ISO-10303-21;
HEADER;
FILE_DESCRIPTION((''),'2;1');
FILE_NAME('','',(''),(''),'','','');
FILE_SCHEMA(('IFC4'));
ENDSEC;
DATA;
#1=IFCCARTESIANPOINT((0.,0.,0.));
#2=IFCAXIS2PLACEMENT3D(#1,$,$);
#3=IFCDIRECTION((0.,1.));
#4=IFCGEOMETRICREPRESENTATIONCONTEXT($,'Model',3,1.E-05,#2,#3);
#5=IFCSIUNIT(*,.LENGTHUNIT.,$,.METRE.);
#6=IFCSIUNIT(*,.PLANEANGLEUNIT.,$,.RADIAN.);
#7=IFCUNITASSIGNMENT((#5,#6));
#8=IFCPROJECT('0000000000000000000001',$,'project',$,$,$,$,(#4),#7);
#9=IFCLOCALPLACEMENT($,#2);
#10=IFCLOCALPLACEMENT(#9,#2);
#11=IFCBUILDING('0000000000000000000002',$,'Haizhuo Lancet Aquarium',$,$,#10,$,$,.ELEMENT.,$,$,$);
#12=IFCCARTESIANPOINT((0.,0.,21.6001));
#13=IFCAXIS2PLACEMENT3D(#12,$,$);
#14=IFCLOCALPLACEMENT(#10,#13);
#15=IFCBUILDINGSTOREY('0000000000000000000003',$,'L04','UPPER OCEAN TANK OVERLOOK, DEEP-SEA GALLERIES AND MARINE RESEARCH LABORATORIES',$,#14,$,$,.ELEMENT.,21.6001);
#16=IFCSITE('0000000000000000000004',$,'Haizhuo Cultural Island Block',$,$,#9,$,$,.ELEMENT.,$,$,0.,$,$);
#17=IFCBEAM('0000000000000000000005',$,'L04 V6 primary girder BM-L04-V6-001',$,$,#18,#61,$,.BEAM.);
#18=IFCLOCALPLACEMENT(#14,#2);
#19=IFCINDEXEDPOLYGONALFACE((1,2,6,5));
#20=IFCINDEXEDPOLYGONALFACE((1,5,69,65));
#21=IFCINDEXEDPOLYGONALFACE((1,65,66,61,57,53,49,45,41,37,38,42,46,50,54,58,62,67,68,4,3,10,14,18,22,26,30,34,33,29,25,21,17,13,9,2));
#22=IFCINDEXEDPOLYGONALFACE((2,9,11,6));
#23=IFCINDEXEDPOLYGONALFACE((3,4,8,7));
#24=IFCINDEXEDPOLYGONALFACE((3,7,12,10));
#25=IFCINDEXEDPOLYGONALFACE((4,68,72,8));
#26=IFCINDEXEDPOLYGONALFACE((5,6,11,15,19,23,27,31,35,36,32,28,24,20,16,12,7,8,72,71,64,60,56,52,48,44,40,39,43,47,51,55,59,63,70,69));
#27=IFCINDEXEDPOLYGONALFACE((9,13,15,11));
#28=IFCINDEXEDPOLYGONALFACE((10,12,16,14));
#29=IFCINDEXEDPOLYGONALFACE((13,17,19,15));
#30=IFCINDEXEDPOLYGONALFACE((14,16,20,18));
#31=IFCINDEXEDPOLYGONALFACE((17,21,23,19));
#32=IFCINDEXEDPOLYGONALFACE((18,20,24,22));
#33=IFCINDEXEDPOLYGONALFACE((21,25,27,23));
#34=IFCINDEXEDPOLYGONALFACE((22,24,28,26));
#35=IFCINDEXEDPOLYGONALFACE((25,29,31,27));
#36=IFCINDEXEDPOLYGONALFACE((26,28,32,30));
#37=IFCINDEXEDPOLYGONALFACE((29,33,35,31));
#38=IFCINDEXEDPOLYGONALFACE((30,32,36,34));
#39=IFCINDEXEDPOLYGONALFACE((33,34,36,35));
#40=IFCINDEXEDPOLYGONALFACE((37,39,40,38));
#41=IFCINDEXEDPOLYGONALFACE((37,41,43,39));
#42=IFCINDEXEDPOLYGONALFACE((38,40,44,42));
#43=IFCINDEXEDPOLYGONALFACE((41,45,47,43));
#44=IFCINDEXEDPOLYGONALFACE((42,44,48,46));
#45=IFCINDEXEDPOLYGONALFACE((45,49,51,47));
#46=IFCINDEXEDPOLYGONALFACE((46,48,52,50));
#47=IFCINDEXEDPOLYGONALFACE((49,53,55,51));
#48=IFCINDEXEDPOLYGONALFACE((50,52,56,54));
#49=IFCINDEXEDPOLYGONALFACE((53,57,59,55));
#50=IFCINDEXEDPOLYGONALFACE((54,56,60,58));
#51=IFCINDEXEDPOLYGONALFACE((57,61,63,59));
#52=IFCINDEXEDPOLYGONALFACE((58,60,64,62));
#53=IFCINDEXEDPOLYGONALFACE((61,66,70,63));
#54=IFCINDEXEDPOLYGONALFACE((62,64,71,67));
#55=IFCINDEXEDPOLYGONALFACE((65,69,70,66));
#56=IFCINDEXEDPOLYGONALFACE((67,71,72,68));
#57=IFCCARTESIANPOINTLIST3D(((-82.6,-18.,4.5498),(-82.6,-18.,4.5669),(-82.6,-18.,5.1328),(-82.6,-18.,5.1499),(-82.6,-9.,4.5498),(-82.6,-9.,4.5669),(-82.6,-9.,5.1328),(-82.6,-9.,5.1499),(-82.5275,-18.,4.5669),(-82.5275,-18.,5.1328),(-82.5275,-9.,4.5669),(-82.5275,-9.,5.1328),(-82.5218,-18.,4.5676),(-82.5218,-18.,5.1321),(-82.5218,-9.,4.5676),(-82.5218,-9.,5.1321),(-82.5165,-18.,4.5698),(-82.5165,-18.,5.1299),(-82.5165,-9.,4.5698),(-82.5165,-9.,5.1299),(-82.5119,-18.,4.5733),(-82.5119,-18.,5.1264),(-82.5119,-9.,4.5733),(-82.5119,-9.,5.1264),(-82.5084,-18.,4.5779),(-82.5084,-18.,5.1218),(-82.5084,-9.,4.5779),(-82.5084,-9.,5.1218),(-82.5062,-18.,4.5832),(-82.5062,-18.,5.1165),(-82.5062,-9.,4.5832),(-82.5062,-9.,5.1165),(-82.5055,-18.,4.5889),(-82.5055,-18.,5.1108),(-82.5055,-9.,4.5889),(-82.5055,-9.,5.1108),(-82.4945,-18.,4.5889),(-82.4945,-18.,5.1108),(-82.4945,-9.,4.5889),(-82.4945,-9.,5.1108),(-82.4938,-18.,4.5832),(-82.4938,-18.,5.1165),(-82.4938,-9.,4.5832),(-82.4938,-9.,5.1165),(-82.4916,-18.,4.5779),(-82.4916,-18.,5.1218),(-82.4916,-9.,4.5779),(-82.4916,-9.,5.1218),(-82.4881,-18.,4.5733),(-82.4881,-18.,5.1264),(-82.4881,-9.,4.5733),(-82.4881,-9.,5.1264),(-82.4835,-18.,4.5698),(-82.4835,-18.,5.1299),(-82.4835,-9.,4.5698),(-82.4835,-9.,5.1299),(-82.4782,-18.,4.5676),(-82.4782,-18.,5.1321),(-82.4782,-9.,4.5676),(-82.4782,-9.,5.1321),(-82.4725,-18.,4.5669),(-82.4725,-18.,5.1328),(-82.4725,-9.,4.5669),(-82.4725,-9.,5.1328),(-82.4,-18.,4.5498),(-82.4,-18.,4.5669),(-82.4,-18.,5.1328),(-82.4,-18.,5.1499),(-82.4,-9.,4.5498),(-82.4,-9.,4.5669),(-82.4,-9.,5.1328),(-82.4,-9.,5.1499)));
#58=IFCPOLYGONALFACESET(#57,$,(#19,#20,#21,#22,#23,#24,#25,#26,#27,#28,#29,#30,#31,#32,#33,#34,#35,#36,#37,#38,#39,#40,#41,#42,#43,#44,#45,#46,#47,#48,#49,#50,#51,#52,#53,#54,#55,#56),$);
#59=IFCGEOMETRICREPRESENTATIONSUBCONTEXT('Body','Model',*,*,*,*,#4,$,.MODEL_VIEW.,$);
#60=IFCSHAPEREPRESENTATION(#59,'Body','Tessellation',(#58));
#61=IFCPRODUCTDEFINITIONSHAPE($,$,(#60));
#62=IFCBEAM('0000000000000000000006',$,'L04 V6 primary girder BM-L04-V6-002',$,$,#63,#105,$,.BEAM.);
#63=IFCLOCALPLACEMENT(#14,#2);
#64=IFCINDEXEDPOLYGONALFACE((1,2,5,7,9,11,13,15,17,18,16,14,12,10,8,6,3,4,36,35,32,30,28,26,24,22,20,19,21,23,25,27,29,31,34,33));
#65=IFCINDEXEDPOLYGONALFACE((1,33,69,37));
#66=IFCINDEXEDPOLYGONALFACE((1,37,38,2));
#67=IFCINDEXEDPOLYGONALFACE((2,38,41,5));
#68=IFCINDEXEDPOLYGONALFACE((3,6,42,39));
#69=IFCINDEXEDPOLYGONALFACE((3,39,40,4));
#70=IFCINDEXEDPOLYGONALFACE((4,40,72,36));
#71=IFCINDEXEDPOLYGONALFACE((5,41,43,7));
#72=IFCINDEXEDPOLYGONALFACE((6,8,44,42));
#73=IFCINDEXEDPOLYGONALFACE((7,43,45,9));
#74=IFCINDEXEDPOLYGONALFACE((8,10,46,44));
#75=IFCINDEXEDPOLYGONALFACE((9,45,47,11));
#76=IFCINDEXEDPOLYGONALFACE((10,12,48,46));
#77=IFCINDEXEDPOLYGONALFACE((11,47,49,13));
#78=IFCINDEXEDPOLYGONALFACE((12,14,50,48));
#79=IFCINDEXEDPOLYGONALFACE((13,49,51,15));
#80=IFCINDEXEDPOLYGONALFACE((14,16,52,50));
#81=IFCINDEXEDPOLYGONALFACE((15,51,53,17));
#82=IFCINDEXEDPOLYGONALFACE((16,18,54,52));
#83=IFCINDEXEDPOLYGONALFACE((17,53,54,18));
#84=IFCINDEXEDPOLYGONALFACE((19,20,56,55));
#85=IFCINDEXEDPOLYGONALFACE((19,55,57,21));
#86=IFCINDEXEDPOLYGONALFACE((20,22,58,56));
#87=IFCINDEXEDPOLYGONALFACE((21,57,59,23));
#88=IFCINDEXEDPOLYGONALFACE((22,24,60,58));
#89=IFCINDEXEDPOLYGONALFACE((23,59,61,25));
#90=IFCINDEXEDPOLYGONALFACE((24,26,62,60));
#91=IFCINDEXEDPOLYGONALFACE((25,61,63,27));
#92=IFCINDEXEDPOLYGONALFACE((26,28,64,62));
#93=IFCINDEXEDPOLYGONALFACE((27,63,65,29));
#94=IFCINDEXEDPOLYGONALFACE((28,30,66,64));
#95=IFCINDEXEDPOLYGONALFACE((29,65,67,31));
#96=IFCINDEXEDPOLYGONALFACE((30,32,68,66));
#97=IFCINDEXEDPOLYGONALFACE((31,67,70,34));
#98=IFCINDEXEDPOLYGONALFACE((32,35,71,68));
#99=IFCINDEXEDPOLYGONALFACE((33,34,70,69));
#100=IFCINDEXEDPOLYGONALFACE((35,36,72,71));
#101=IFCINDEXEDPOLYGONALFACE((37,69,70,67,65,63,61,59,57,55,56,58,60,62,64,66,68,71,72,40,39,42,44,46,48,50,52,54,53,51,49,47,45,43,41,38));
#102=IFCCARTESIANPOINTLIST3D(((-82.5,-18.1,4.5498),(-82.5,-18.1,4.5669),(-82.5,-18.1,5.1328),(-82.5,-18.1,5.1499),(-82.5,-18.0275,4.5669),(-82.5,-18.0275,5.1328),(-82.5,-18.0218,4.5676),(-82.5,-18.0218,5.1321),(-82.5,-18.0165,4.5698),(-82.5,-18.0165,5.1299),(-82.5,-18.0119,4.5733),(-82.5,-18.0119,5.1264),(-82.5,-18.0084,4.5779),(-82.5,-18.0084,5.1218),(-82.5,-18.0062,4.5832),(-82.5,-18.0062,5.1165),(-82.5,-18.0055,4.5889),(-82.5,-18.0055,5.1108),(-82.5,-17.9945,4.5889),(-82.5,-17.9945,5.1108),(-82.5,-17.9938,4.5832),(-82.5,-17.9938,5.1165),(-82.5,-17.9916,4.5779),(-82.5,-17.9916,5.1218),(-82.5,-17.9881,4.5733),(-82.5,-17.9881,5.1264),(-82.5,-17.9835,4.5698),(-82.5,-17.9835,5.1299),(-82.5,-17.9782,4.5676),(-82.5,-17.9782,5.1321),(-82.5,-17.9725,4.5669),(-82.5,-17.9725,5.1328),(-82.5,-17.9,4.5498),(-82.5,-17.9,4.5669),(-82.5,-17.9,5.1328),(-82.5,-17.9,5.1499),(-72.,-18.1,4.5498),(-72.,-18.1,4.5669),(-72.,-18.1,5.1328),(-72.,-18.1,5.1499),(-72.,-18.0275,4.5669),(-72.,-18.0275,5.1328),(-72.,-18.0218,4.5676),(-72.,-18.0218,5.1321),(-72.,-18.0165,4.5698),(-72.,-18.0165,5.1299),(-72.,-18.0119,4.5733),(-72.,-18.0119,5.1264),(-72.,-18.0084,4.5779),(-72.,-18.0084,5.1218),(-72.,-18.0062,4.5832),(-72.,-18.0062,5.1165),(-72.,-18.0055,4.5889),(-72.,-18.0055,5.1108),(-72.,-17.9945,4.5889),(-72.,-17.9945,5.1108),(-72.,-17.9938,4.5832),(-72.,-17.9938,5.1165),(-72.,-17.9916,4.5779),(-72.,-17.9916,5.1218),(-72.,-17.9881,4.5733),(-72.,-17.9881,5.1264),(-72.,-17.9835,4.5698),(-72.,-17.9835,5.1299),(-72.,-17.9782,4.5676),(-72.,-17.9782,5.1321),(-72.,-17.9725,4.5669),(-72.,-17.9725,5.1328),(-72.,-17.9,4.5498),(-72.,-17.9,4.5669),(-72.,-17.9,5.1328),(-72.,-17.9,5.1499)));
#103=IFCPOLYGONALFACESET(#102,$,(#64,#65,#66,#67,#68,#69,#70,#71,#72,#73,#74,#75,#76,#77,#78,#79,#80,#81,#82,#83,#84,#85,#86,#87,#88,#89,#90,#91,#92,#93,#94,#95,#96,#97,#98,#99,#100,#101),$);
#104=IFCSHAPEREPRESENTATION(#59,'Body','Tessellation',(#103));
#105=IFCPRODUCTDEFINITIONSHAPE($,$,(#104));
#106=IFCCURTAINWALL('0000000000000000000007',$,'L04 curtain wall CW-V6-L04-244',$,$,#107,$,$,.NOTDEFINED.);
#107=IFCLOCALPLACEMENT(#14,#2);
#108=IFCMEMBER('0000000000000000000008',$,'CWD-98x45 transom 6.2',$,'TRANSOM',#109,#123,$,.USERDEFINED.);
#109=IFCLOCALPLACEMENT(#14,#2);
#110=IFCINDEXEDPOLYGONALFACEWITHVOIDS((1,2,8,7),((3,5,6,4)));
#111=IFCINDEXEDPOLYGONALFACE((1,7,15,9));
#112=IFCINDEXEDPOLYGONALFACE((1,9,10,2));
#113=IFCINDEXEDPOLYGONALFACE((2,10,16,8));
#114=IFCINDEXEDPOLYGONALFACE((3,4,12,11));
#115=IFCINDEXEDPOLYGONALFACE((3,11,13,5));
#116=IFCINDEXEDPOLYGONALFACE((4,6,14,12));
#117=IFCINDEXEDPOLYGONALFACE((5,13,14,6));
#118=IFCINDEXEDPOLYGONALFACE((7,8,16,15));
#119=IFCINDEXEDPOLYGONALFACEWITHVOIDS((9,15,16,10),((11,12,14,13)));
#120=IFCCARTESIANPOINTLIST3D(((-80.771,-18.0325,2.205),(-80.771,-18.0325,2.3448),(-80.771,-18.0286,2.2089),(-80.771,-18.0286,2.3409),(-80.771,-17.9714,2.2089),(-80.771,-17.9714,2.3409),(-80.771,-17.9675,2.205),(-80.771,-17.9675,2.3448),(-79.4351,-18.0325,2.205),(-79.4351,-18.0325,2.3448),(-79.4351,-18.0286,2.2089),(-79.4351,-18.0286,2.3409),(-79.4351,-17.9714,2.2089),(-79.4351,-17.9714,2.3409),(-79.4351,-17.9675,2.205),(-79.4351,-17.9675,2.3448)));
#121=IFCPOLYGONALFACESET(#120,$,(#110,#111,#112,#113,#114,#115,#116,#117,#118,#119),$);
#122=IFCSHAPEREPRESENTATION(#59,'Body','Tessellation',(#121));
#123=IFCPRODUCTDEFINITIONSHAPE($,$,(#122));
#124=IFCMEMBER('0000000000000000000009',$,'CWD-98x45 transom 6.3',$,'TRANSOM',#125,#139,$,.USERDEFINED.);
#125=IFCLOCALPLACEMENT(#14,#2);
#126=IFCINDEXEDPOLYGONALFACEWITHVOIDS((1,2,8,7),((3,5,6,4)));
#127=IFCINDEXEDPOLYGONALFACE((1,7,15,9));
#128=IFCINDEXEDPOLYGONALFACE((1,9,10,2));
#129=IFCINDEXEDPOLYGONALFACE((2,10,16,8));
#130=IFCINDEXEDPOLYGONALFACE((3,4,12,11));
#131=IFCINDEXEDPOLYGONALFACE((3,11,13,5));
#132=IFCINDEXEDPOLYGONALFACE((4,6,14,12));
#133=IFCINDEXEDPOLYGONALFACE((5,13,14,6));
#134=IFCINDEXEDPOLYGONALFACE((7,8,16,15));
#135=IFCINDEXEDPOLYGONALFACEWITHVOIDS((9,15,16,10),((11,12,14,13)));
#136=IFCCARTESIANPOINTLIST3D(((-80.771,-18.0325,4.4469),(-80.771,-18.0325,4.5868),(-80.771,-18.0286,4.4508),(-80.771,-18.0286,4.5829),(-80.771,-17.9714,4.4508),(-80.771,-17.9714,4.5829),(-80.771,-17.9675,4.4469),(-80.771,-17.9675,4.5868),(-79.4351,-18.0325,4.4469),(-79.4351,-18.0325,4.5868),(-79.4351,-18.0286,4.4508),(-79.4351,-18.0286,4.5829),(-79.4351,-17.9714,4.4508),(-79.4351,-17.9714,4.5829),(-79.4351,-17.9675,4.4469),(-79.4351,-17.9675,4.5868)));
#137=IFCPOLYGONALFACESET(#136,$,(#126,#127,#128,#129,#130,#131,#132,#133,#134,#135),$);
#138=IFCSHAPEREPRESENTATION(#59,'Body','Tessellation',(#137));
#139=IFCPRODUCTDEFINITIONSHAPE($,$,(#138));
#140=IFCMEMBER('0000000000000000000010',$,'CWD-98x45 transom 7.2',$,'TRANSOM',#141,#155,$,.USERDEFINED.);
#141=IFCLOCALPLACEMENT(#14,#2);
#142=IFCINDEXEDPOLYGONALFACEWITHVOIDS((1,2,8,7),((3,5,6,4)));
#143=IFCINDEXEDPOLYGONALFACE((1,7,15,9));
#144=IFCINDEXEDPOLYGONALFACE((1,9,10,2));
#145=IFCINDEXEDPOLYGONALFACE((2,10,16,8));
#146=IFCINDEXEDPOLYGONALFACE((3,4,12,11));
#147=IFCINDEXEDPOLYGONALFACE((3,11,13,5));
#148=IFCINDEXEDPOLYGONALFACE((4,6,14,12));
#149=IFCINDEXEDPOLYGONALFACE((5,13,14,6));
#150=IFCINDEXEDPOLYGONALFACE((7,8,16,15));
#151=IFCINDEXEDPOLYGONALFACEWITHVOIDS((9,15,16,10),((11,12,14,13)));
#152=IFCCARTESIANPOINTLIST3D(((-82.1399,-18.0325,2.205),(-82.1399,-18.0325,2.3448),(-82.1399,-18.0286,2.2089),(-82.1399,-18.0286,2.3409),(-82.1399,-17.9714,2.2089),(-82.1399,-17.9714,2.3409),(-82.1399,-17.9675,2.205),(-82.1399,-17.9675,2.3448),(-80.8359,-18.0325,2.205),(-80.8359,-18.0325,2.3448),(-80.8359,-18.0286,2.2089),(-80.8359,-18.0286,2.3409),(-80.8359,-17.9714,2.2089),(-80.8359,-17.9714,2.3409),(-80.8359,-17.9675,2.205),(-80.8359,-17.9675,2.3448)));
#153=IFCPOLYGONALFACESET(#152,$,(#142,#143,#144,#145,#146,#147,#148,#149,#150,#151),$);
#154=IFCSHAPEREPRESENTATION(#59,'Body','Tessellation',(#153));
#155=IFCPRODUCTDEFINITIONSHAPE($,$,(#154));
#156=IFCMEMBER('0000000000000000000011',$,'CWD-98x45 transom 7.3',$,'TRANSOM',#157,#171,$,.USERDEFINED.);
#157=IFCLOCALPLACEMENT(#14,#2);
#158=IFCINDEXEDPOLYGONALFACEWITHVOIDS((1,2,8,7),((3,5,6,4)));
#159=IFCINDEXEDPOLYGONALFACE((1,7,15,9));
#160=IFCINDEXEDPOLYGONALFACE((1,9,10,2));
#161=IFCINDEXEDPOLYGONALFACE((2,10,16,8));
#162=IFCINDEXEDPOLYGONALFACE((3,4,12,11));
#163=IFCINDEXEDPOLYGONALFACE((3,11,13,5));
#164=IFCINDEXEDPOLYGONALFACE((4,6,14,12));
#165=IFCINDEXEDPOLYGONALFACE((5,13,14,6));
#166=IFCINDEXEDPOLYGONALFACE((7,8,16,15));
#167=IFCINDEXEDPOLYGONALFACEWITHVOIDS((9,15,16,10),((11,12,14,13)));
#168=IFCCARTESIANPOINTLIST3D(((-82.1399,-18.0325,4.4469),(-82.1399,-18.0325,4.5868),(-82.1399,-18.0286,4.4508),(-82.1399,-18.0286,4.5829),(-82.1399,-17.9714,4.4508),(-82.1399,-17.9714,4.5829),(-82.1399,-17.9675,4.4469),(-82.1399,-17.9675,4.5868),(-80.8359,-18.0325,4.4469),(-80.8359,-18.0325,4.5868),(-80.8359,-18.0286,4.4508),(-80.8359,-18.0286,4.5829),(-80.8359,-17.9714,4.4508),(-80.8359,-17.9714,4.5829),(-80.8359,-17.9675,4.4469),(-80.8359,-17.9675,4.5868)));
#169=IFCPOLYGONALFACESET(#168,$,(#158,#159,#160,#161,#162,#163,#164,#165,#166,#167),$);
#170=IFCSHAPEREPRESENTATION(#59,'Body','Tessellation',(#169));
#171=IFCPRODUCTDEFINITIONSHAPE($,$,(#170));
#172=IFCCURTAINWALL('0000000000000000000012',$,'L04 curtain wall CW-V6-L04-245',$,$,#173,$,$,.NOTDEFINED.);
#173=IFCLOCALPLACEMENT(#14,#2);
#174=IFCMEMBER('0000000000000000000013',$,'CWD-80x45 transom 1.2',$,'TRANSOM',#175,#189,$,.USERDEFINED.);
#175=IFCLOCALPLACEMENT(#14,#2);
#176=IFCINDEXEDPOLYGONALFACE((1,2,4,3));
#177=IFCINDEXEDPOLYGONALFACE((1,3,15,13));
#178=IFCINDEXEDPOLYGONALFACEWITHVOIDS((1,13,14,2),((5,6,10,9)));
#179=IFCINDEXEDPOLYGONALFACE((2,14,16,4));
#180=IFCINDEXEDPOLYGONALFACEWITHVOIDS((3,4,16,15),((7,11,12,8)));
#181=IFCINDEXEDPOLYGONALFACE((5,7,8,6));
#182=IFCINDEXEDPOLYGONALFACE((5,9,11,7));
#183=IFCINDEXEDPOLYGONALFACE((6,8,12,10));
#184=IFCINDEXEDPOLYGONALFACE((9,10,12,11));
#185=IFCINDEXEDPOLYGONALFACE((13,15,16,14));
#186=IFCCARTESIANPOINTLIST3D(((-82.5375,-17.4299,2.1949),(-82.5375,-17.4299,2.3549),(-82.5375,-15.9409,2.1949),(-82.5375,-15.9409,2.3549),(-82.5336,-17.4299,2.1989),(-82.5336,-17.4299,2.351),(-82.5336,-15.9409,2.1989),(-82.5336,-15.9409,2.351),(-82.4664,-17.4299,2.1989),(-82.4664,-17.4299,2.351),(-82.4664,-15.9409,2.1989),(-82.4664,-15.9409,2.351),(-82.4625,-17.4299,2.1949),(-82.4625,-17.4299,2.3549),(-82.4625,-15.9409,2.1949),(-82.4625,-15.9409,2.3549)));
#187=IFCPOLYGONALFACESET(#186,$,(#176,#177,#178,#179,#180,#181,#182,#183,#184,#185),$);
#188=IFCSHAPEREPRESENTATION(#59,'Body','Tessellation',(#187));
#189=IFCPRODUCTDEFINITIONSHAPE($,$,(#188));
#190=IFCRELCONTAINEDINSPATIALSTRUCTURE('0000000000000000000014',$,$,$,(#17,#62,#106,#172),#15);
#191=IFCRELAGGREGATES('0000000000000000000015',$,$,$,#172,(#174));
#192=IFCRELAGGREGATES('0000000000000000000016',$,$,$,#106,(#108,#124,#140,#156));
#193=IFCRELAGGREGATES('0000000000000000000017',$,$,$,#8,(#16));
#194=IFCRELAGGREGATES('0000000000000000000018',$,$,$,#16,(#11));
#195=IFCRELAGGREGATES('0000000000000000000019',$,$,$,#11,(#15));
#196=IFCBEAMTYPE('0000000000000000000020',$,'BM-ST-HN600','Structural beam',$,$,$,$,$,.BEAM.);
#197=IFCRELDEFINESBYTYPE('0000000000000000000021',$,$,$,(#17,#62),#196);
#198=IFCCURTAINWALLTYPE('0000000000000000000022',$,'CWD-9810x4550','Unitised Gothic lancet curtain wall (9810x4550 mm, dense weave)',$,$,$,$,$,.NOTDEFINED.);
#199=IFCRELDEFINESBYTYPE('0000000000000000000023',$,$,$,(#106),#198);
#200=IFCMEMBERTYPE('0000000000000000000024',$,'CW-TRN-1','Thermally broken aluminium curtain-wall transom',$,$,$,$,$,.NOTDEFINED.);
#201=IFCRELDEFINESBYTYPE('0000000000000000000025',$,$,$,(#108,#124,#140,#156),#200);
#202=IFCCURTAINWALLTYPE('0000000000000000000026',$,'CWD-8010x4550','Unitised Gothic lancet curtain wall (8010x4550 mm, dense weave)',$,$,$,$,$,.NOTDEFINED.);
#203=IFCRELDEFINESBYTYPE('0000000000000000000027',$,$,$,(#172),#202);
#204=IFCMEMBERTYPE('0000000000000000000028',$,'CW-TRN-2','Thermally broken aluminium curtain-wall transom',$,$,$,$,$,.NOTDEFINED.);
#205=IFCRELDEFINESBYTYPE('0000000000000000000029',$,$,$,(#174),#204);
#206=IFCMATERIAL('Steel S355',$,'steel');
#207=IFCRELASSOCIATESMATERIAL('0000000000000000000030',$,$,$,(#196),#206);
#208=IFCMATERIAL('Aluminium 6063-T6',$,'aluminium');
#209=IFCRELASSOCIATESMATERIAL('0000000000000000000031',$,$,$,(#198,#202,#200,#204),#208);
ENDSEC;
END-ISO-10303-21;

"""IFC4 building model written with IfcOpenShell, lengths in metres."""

from ifc_helpers import new_model, si_unit, direction, frame, origin, origin_2d, place, context, subcontext, project, spatial, hollow_rectangle, i_section, extrude, material, material_profile, profile_set, type_object, element, aggregate, save


model = new_model("IFC4")

# Units and contexts
model_context = context("Model", 3, precision=1e-05, world=origin(), true_north=direction((0.0, 1.0)))
body_context = subcontext(model_context, "Body", "Model", "MODEL_VIEW")
ifc_project = project(units=[si_unit("LENGTHUNIT", "METRE"), si_unit("PLANEANGLEUNIT", "RADIAN")], contexts=[model_context])

# Site, building, storey
site_placement = place(None, origin())
site = spatial("IfcSite", under=ifc_project, at=site_placement, Name="Haizhuo Cultural Island Block", CompositionType="ELEMENT", RefElevation=0.0)
building_placement = place(site_placement, origin())
building = spatial("IfcBuilding", under=site, at=building_placement, Name="Haizhuo Lancet Aquarium", CompositionType="ELEMENT")
storey_placement = place(building_placement, frame((0.0, 0.0, 21.6001)))
storey = spatial("IfcBuildingStorey", under=building, at=storey_placement, Name="L04", Description="UPPER OCEAN TANK OVERLOOK, DEEP-SEA GALLERIES AND MARINE RESEARCH LABORATORIES", CompositionType="ELEMENT", Elevation=21.6001)

# Beams
ifc_material_1 = material(Name="Steel S355", Category="steel")
ifc_material_profile_1 = material_profile(ifc_material_1, i_section(OverallWidth=0.2, OverallDepth=0.6001, WebThickness=0.011, FlangeThickness=0.0171, FilletRadius=0.022, at=origin_2d()), Name="HN 600x200x11x17")
ifc_profile_set_1 = profile_set([ifc_material_profile_1], Name="Steel S355")
beam_type = type_object("IfcBeamType", Name="BM-ST-HN600", Description="Structural beam", PredefinedType="BEAM", material=ifc_profile_set_1)
beam_1_placement = place(storey_placement, frame((-82.5, -18.0, 4.8499), z_axis=(0.0, 1.0, 0.0), x_axis=(-1.0, 0.0, 0.0)))
element("IfcBeam", 1, at=beam_1_placement, inside=storey, type_object=beam_type, Name="L04 V6 primary girder BM-L04-V6-001", PredefinedType="BEAM", context=body_context, shape_type="SweptSolid", body=[
    extrude(i_section(OverallWidth=0.2, OverallDepth=0.6001, WebThickness=0.011, FlangeThickness=0.0171, FilletRadius=0.022, at=origin_2d()), origin(), (0.0, 0.0, 1.0), 9.0),
])
beam_2_placement = place(storey_placement, frame((-82.5, -18.0, 4.8499), z_axis=(1.0, 0.0, 0.0), x_axis=(0.0, 1.0, 0.0)))
element("IfcBeam", 2, at=beam_2_placement, inside=storey, type_object=beam_type, Name="L04 V6 primary girder BM-L04-V6-002", PredefinedType="BEAM", context=body_context, shape_type="SweptSolid", body=[
    extrude(i_section(OverallWidth=0.2, OverallDepth=0.6001, WebThickness=0.011, FlangeThickness=0.0171, FilletRadius=0.022, at=origin_2d()), origin(), (0.0, 0.0, 1.0), 10.5),
])

# Curtain walls, members
ifc_material_2 = material(Name="Aluminium 6063-T6", Category="aluminium")
curtain_wall_type_1 = type_object("IfcCurtainWallType", Name="CWD-9810x4550", Description="Unitised Gothic lancet curtain wall (9810x4550 mm, dense weave)", PredefinedType="NOTDEFINED", material=ifc_material_2)
curtain_wall_1_placement = place(storey_placement, origin())
curtain_wall_1 = element("IfcCurtainWall", 3, at=curtain_wall_1_placement, inside=storey, type_object=curtain_wall_type_1, Name="L04 curtain wall CW-V6-L04-244", PredefinedType="NOTDEFINED")
ifc_material_profile_2 = material_profile(ifc_material_2, hollow_rectangle(XDim=0.0649, YDim=0.1399, WallThickness=0.0039, at=origin_2d()), Name="ALU-T 65x140x4")
ifc_profile_set_2 = profile_set([ifc_material_profile_2], Name="Aluminium 6063-T6")
member_type_1 = type_object("IfcMemberType", Name="CW-TRN-1", Description="Thermally broken aluminium curtain-wall transom", PredefinedType="NOTDEFINED", material=ifc_profile_set_2)
member_1_placement = place(storey_placement, frame((-79.4351, -18.0, 2.2749), z_axis=(-1.0, 0.0, 0.0), x_axis=(0.0, -1.0, 0.0)))
member_1 = element("IfcMember", 4, at=member_1_placement, type_object=member_type_1, Name="CWD-98x45 transom 6.2", ObjectType="TRANSOM", PredefinedType="USERDEFINED", context=body_context, shape_type="SweptSolid", body=[
    extrude(hollow_rectangle(XDim=0.0649, YDim=0.1399, WallThickness=0.0039, at=origin_2d()), origin(), (0.0, 0.0, 1.0), 1.3359),
])
member_2_placement = place(storey_placement, frame((-79.4351, -18.0, 4.5168), z_axis=(-1.0, 0.0, 0.0), x_axis=(0.0, -1.0, 0.0)))
member_2 = element("IfcMember", 5, at=member_2_placement, type_object=member_type_1, Name="CWD-98x45 transom 6.3", ObjectType="TRANSOM", PredefinedType="USERDEFINED", context=body_context, shape_type="SweptSolid", body=[
    extrude(hollow_rectangle(XDim=0.0649, YDim=0.1399, WallThickness=0.0039, at=origin_2d()), origin(), (0.0, 0.0, 1.0), 1.3359),
])
member_3_placement = place(storey_placement, frame((-80.8359, -18.0, 2.2749), z_axis=(-1.0, 0.0, 0.0), x_axis=(0.0, -1.0, 0.0)))
member_3 = element("IfcMember", 6, at=member_3_placement, type_object=member_type_1, Name="CWD-98x45 transom 7.2", ObjectType="TRANSOM", PredefinedType="USERDEFINED", context=body_context, shape_type="SweptSolid", body=[
    extrude(hollow_rectangle(XDim=0.0649, YDim=0.1399, WallThickness=0.0039, at=origin_2d()), origin(), (0.0, 0.0, 1.0), 1.304),
])
member_4_placement = place(storey_placement, frame((-80.8359, -18.0, 4.5168), z_axis=(-1.0, 0.0, 0.0), x_axis=(0.0, -1.0, 0.0)))
member_4 = element("IfcMember", 7, at=member_4_placement, type_object=member_type_1, Name="CWD-98x45 transom 7.3", ObjectType="TRANSOM", PredefinedType="USERDEFINED", context=body_context, shape_type="SweptSolid", body=[
    extrude(hollow_rectangle(XDim=0.0649, YDim=0.1399, WallThickness=0.0039, at=origin_2d()), origin(), (0.0, 0.0, 1.0), 1.304),
])
curtain_wall_type_2 = type_object("IfcCurtainWallType", Name="CWD-8010x4550", Description="Unitised Gothic lancet curtain wall (8010x4550 mm, dense weave)", PredefinedType="NOTDEFINED", material=ifc_material_2)
curtain_wall_2_placement = place(storey_placement, origin())
curtain_wall_2 = element("IfcCurtainWall", 8, at=curtain_wall_2_placement, inside=storey, type_object=curtain_wall_type_2, Name="L04 curtain wall CW-V6-L04-245", PredefinedType="NOTDEFINED")
ifc_material_profile_3 = material_profile(ifc_material_2, hollow_rectangle(XDim=0.075, YDim=0.1599, WallThickness=0.0039, at=origin_2d()), Name="ALU-T 75x160x4")
ifc_profile_set_3 = profile_set([ifc_material_profile_3], Name="Aluminium 6063-T6")
member_type_2 = type_object("IfcMemberType", Name="CW-TRN-2", Description="Thermally broken aluminium curtain-wall transom", PredefinedType="NOTDEFINED", material=ifc_profile_set_3)
member_5_placement = place(storey_placement, frame((-82.5, -17.4299, 2.2749), z_axis=(0.0, 1.0, 0.0), x_axis=(-1.0, 0.0, 0.0)))
member_5 = element("IfcMember", 9, at=member_5_placement, type_object=member_type_2, Name="CWD-80x45 transom 1.2", ObjectType="TRANSOM", PredefinedType="USERDEFINED", context=body_context, shape_type="SweptSolid", body=[
    extrude(hollow_rectangle(XDim=0.075, YDim=0.1599, WallThickness=0.0039, at=origin_2d()), origin(), (0.0, 0.0, 1.0), 1.489),
])

aggregate(curtain_wall_2, [member_5])
aggregate(curtain_wall_1, [member_1, member_2, member_3, member_4])

save(model, "model.ifc")
